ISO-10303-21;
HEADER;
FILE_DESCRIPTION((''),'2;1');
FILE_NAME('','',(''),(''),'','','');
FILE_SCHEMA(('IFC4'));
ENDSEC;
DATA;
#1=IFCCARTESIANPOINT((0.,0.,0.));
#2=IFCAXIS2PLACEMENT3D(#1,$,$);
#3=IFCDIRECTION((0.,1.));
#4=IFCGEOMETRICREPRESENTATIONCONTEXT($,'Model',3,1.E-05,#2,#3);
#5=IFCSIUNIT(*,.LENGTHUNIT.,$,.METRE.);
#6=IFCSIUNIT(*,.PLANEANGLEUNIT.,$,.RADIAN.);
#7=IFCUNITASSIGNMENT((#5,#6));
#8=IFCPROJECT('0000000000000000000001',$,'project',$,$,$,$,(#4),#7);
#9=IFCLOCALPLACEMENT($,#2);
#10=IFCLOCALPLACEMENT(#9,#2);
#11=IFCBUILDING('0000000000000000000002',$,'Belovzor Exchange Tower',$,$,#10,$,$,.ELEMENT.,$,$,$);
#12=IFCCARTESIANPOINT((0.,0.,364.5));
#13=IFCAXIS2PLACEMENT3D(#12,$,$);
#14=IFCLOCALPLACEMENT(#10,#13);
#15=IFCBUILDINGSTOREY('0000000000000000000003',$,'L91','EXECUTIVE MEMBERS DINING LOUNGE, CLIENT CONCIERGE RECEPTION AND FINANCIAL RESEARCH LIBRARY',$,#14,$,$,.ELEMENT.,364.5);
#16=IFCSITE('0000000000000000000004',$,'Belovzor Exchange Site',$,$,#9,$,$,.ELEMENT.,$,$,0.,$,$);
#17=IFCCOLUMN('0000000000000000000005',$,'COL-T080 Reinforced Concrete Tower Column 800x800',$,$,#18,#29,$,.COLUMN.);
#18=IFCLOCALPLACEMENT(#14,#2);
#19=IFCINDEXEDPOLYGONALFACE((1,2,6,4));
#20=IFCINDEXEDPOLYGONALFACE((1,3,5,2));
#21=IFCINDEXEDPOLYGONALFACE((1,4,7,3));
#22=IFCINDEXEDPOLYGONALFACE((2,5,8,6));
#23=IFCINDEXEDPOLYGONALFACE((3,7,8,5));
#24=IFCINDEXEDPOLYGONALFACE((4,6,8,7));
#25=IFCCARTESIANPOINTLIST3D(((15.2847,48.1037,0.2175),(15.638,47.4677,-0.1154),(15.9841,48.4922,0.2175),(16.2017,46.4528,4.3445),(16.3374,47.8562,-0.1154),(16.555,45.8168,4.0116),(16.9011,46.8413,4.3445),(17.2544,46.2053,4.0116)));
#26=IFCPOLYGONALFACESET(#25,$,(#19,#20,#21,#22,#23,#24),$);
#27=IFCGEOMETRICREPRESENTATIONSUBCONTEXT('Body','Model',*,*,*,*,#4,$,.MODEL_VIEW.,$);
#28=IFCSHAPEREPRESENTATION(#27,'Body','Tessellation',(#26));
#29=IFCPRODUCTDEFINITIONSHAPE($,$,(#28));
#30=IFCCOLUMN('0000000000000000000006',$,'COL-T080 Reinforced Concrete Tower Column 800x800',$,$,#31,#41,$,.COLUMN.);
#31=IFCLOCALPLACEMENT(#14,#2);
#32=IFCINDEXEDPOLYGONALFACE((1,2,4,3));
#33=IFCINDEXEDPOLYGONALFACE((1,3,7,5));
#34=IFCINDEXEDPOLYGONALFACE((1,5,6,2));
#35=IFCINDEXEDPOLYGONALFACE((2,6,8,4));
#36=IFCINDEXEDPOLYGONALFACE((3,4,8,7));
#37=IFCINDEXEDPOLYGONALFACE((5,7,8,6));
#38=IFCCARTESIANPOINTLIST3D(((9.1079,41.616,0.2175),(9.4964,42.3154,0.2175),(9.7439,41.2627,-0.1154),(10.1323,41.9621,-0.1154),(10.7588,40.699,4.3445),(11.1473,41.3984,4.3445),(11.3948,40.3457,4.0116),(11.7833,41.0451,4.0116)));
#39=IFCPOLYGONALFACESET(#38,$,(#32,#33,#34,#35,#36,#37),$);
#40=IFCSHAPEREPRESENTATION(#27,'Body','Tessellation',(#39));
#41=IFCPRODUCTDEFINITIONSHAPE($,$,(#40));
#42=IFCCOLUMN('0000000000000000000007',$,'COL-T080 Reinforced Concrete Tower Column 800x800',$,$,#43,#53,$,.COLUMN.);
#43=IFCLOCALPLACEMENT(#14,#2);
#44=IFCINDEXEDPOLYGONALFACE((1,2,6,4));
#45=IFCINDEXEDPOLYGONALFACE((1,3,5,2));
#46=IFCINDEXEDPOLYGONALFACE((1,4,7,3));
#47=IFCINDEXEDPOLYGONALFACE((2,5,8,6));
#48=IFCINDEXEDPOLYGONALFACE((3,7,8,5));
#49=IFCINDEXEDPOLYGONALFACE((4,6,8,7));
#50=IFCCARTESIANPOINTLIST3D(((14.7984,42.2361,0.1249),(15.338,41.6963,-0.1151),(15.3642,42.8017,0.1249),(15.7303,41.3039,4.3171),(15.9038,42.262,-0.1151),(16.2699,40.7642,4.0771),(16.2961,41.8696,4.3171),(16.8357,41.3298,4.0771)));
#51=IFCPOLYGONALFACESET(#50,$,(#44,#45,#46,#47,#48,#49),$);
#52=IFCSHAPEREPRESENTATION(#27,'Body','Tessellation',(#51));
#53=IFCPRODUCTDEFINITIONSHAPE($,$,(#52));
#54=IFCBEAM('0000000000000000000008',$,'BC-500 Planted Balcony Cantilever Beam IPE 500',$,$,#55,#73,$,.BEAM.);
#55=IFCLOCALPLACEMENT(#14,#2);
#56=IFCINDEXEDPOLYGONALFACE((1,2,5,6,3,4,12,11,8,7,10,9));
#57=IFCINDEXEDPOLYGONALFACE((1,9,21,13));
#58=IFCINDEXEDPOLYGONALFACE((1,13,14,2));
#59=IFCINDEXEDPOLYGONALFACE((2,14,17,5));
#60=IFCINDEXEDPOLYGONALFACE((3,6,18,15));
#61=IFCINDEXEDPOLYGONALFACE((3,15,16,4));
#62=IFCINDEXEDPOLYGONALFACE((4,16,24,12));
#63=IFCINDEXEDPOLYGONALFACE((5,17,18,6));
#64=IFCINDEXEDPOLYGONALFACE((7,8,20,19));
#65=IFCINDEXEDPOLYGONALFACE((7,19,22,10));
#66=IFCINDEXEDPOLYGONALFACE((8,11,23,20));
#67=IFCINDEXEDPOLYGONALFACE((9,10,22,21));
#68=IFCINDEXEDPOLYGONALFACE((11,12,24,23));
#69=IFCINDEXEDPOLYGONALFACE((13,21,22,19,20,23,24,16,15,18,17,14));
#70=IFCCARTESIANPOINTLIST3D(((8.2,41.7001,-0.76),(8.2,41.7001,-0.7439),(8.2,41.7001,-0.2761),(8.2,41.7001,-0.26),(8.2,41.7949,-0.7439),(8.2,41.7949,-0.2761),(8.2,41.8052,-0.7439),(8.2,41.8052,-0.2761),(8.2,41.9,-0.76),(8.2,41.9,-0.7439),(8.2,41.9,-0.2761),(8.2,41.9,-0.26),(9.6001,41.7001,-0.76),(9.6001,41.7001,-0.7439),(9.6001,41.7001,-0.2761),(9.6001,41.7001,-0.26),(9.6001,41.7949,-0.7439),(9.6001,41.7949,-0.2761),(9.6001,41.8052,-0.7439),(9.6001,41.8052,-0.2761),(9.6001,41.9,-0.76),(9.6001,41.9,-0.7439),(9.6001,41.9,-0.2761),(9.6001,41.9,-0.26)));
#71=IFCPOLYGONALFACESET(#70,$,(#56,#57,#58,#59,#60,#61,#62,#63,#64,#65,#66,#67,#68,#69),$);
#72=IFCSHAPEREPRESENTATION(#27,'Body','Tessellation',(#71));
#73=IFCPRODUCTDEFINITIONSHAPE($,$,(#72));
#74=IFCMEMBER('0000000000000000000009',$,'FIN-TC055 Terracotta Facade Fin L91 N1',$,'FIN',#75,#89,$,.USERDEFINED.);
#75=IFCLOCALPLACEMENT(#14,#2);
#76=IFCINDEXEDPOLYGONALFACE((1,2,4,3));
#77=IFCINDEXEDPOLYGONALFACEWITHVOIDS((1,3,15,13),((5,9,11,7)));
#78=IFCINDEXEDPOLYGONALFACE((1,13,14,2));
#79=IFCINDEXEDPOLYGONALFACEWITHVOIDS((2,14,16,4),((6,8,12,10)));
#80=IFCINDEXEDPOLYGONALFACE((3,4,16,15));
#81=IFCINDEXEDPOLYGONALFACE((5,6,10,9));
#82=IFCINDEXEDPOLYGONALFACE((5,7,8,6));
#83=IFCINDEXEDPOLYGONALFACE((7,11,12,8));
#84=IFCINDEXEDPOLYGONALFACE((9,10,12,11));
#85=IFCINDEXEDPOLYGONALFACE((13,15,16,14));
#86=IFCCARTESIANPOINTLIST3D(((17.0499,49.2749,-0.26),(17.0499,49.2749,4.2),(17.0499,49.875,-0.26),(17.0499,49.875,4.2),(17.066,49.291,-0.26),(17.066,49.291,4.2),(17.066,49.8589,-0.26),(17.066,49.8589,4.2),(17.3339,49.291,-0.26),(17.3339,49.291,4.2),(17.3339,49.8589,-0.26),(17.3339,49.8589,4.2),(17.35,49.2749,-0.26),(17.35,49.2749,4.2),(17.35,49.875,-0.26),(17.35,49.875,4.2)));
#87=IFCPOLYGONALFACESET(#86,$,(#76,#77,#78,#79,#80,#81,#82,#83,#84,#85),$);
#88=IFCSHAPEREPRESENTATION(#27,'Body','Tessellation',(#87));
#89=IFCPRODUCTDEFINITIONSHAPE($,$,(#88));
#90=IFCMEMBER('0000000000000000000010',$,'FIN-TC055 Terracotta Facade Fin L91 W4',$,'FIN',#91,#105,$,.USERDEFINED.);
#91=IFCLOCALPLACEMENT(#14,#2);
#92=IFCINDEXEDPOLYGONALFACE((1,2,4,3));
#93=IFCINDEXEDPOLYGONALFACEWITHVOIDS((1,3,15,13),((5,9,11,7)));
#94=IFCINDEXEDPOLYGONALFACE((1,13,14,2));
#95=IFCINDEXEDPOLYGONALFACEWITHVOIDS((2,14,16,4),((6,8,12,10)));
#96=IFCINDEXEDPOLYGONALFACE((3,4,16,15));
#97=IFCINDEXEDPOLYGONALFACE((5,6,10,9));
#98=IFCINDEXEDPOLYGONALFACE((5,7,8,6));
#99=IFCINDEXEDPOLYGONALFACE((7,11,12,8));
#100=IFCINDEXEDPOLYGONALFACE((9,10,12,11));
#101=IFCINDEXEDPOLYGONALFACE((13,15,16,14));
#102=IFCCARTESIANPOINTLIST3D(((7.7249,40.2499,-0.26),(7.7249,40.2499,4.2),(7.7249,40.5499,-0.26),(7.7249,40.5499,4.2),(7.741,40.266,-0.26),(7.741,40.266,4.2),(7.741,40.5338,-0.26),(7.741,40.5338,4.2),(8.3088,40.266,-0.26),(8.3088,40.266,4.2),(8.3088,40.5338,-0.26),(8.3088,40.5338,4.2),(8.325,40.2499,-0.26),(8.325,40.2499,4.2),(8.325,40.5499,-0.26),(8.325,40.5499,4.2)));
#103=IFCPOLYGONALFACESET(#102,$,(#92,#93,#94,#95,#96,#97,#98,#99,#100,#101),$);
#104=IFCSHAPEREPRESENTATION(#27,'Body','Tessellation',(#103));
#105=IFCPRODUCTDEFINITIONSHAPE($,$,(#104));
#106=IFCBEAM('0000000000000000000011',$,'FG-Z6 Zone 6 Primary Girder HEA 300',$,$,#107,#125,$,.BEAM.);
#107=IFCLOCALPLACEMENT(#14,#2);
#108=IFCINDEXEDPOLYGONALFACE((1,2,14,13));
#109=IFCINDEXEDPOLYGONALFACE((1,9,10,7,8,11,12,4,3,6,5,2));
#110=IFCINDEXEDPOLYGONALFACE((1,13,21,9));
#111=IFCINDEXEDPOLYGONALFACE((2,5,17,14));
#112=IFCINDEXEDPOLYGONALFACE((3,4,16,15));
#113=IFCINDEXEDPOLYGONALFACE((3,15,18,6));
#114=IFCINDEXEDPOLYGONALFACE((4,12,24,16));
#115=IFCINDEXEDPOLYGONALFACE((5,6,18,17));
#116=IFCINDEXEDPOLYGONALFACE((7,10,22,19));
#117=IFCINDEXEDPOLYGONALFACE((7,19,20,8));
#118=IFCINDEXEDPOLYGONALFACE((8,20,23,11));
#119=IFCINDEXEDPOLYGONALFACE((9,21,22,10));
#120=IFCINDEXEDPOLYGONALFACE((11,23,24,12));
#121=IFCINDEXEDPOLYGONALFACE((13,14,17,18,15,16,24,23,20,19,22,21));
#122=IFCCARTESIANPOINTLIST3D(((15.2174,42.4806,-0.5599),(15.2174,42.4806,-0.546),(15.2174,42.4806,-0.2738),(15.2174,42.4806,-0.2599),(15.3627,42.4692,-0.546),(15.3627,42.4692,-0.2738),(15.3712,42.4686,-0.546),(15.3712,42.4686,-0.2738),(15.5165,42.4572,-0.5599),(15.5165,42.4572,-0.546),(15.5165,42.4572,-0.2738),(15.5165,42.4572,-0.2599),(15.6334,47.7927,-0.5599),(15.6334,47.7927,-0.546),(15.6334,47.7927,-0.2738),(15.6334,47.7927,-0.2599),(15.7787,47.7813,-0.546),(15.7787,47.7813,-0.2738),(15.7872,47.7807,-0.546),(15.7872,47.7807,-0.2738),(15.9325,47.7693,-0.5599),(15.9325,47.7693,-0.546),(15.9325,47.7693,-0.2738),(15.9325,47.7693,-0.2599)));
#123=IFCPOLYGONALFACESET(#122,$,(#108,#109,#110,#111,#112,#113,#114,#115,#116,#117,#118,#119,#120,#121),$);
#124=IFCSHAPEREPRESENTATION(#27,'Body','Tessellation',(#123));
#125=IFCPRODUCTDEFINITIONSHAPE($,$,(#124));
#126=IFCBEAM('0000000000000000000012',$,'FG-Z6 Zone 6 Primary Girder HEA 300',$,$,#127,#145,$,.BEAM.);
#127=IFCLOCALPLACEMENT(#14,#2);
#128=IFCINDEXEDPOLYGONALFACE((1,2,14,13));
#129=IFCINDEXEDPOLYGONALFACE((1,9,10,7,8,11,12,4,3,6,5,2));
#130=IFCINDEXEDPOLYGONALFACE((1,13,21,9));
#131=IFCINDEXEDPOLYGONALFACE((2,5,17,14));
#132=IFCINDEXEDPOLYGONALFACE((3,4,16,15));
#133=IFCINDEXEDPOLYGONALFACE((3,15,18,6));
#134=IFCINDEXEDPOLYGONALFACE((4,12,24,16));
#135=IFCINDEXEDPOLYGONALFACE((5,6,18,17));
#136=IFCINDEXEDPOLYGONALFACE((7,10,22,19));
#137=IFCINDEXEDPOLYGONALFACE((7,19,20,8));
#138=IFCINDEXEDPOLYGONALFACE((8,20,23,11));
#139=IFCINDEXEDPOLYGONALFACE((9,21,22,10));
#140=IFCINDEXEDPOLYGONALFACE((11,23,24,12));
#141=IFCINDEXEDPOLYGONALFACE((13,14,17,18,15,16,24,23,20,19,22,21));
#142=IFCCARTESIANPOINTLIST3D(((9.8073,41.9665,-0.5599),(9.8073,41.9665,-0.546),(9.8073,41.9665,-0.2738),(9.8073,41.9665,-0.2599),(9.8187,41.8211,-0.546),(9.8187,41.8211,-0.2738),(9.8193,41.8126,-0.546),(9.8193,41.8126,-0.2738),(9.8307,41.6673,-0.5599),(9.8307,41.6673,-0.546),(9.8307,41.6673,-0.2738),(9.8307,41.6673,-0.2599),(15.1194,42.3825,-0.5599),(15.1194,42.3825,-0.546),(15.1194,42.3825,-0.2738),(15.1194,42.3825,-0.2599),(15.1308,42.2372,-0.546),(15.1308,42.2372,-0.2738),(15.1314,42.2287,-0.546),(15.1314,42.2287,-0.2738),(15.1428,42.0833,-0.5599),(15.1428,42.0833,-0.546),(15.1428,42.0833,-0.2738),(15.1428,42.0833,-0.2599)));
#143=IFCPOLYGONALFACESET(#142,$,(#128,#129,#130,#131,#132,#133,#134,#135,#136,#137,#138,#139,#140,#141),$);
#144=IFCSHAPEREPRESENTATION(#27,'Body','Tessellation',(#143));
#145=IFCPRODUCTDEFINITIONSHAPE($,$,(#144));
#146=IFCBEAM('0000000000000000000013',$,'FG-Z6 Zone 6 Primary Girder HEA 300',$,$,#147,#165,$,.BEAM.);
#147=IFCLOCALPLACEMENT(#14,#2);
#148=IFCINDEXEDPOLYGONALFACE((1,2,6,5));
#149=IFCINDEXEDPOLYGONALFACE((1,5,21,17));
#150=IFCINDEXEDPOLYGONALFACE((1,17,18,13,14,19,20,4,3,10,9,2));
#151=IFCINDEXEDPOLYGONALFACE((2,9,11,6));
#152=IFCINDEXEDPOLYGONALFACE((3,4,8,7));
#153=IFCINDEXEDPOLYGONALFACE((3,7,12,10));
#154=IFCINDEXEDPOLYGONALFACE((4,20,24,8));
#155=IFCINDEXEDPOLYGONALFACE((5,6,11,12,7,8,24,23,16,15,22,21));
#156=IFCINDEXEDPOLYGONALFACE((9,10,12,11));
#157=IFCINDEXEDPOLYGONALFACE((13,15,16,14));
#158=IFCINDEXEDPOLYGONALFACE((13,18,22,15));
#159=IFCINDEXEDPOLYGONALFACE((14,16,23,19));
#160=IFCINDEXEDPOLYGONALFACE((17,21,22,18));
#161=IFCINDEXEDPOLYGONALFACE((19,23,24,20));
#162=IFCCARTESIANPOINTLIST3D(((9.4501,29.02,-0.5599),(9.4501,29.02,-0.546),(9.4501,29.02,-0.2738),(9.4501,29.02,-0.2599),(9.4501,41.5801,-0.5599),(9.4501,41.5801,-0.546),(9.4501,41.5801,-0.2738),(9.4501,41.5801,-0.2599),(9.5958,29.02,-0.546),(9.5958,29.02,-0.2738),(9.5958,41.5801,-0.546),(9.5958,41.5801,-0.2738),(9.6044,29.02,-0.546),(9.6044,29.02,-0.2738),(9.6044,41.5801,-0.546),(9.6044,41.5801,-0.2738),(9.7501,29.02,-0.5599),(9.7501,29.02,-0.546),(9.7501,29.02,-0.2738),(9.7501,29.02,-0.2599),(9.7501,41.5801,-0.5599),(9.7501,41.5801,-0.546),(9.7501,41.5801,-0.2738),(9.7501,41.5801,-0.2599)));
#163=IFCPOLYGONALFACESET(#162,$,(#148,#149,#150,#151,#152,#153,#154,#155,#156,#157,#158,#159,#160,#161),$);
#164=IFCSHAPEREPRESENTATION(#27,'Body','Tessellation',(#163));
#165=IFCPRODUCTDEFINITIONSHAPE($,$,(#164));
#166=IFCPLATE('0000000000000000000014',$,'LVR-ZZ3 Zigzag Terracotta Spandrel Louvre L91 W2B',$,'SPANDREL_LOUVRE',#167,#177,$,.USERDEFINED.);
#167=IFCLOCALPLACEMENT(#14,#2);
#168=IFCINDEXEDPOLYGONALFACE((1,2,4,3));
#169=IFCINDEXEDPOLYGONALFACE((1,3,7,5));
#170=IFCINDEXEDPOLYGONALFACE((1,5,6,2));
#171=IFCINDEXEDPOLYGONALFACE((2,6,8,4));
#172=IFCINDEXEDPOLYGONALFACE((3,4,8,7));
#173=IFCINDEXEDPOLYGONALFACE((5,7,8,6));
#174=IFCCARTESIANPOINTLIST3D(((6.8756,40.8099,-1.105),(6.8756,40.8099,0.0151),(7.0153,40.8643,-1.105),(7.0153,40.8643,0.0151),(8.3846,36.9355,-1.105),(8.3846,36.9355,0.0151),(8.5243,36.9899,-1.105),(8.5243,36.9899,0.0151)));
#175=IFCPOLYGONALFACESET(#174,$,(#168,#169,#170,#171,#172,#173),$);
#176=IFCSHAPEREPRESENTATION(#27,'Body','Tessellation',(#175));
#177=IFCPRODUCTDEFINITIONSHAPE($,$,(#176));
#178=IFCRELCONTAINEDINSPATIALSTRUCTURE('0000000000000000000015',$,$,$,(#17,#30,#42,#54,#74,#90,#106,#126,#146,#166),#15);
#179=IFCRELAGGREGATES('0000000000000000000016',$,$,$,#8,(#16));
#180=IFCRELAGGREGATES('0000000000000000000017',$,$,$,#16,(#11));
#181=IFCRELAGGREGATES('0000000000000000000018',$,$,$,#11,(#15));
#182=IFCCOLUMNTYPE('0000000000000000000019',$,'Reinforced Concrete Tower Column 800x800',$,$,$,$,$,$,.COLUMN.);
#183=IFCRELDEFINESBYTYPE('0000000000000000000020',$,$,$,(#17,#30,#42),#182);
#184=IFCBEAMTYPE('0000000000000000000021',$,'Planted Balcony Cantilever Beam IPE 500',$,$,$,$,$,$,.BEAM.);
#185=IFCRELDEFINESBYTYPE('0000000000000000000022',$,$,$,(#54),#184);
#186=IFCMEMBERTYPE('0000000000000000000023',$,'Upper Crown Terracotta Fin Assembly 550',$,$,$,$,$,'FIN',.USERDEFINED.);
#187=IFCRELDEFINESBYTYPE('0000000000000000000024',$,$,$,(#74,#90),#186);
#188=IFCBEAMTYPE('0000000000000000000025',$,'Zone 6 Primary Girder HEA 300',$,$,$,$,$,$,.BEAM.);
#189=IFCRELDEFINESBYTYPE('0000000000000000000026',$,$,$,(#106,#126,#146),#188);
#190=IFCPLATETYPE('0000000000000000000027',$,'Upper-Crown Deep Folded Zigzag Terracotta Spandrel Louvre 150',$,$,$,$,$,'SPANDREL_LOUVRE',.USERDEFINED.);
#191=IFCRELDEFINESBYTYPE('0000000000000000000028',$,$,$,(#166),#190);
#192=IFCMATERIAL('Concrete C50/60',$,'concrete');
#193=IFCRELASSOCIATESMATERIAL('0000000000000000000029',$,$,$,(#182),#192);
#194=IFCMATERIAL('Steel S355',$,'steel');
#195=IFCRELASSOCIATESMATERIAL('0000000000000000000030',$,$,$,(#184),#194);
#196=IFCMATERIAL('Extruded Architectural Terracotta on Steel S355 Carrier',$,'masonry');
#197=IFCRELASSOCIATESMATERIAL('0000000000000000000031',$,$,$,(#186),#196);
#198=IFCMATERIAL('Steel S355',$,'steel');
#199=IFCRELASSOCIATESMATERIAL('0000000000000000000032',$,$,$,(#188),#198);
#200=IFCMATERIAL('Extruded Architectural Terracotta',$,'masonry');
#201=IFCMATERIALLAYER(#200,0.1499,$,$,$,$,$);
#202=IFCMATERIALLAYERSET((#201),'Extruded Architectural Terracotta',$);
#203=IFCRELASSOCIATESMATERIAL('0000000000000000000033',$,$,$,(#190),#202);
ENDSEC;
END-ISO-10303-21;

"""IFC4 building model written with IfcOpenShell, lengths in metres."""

from ifc_helpers import new_model, si_unit, direction, frame, origin, origin_2d, place, context, subcontext, project, spatial, rectangle, hollow_rectangle, i_section, extrude, material, layer, layer_set, material_profile, profile_set, type_object, element, save


model = new_model("IFC4")

# Units and contexts
model_context = context("Model", 3, precision=1e-05, world=origin(), true_north=direction((0.0, 1.0)))
body_context = subcontext(model_context, "Body", "Model", "MODEL_VIEW")
ifc_project = project(units=[si_unit("LENGTHUNIT", "METRE"), si_unit("PLANEANGLEUNIT", "RADIAN")], contexts=[model_context])

# Site, building, storey
site_placement = place(None, origin())
site = spatial("IfcSite", under=ifc_project, at=site_placement, Name="Belovzor Exchange Site", CompositionType="ELEMENT", RefElevation=0.0)
building_placement = place(site_placement, origin())
building = spatial("IfcBuilding", under=site, at=building_placement, Name="Belovzor Exchange Tower", CompositionType="ELEMENT")
storey_placement = place(building_placement, frame((0.0, 0.0, 364.5)))
storey = spatial("IfcBuildingStorey", under=building, at=storey_placement, Name="L91", Description="EXECUTIVE MEMBERS DINING LOUNGE, CLIENT CONCIERGE RECEPTION AND FINANCIAL RESEARCH LIBRARY", CompositionType="ELEMENT", Elevation=364.5)

# Columns
ifc_material_1 = material(Name="Concrete C50/60", Category="concrete")
ifc_material_profile_1 = material_profile(ifc_material_1, rectangle(XDim=0.8, YDim=0.8, at=origin_2d()))
ifc_profile_set_1 = profile_set([ifc_material_profile_1], Name="Concrete C50/60")
column_type = type_object("IfcColumnType", Name="Reinforced Concrete Tower Column 800x800", PredefinedType="COLUMN", material=ifc_profile_set_1)
for number, where, z_axis, x_axis, name in (
    (1, (15.811, 47.98, 0.051), (0.202047, -0.36375, 0.90932), (0.874194, 0.485577, 0.0), "COL-T080 Reinforced Concrete Tower Column 800x800"),
    (2, (9.6201, 41.7891, 0.051), (0.36375, -0.202047, 0.90932), (0.485577, 0.874194, 0.0), "COL-T080 Reinforced Concrete Tower Column 800x800"),
):
    element("IfcColumn", number, at=place(storey_placement, frame(where, z_axis=z_axis, x_axis=x_axis)), inside=storey, type_object=column_type, Name=name, PredefinedType="COLUMN", context=body_context, shape_type="SweptSolid", body=[
        extrude(rectangle(XDim=0.8, YDim=0.8, at=origin_2d()), origin(), (0.0, 0.0, 1.0), 4.5386),
    ])
column_placement = place(storey_placement, frame((15.3511, 42.249, 0.0049), z_axis=(0.212059, -0.212114, 0.953959), x_axis=(0.707199, 0.707014, 0.0)))
element("IfcColumn", 3, at=column_placement, inside=storey, type_object=column_type, Name="COL-T080 Reinforced Concrete Tower Column 800x800", PredefinedType="COLUMN", context=body_context, shape_type="SweptSolid", body=[
    extrude(rectangle(XDim=0.8, YDim=0.8, at=origin_2d()), origin(), (0.0, 0.0, 1.0), 4.3945),
])

# Beam
ifc_material_2 = material(Name="Steel S355", Category="steel")
ifc_material_profile_2 = material_profile(ifc_material_2, i_section(OverallWidth=0.2, OverallDepth=0.5, WebThickness=0.0103, FlangeThickness=0.0161, at=origin_2d()))
ifc_profile_set_2 = profile_set([ifc_material_profile_2], Name="Steel S355")
beam_type_1 = type_object("IfcBeamType", Name="Planted Balcony Cantilever Beam IPE 500", PredefinedType="BEAM", material=ifc_profile_set_2)
beam_1_placement = place(storey_placement, frame((9.6001, 41.8, -0.51), z_axis=(-1.0, 0.0, 0.0), x_axis=(0.0, -1.0, 0.0)))
element("IfcBeam", 4, at=beam_1_placement, inside=storey, type_object=beam_type_1, Name="BC-500 Planted Balcony Cantilever Beam IPE 500", PredefinedType="BEAM", context=body_context, shape_type="SweptSolid", body=[
    extrude(i_section(OverallWidth=0.2, OverallDepth=0.5, WebThickness=0.0103, FlangeThickness=0.0161, at=origin_2d()), origin(), (0.0, 0.0, 1.0), 1.4001),
])

# Members
ifc_material_3 = material(Name="Extruded Architectural Terracotta on Steel S355 Carrier", Category="masonry")
ifc_material_profile_3 = material_profile(ifc_material_3, hollow_rectangle(XDim=0.3, YDim=0.6001, WallThickness=0.0161, at=origin_2d()))
ifc_profile_set_3 = profile_set([ifc_material_profile_3], Name="Extruded Architectural Terracotta on Steel S355 Carrier")
member_type = type_object("IfcMemberType", Name="Upper Crown Terracotta Fin Assembly 550", ElementType="FIN", PredefinedType="USERDEFINED", material=ifc_profile_set_3)
for number, where, z_axis, x_axis, name in (
    (5, (17.2, 49.575, -0.26), (0.0, 0.0, 1.0), (1.0, 0.0, 0.0), "FIN-TC055 Terracotta Facade Fin L91 N1"),
    (6, (8.0249, 40.3999, -0.26), (0.0, 0.0, 1.0), (0.0, 1.0, 0.0), "FIN-TC055 Terracotta Facade Fin L91 W4"),
):
    element("IfcMember", number, at=place(storey_placement, frame(where, z_axis=z_axis, x_axis=x_axis)), inside=storey, type_object=member_type, Name=name, ObjectType="FIN", PredefinedType="USERDEFINED", context=body_context, shape_type="SweptSolid", body=[
        extrude(hollow_rectangle(XDim=0.3, YDim=0.6001, WallThickness=0.0161, at=origin_2d()), origin(), (0.0, 0.0, 1.0), 4.46),
    ])

# Beams
ifc_material_4 = material(Name="Steel S355", Category="steel")
ifc_material_profile_4 = material_profile(ifc_material_4, i_section(OverallWidth=0.3, OverallDepth=0.3, WebThickness=0.0085, FlangeThickness=0.0139, at=origin_2d()))
ifc_profile_set_4 = profile_set([ifc_material_profile_4], Name="Steel S355")
beam_type_2 = type_object("IfcBeamType", Name="Zone 6 Primary Girder HEA 300", PredefinedType="BEAM", material=ifc_profile_set_4)
for number, where, z_axis, x_axis, name in (
    (7, (15.783, 47.781, -0.4099), (-0.078077, -0.996947, 0.0), (0.996947, -0.078077, 0.0), "FG-Z6 Zone 6 Primary Girder HEA 300"),
    (8, (15.1311, 42.2329, -0.4099), (-0.996947, -0.078077, 0.0), (0.078077, -0.996947, 0.0), "FG-Z6 Zone 6 Primary Girder HEA 300"),
):
    element("IfcBeam", number, at=place(storey_placement, frame(where, z_axis=z_axis, x_axis=x_axis)), inside=storey, type_object=beam_type_2, Name=name, PredefinedType="BEAM", context=body_context, shape_type="SweptSolid", body=[
        extrude(i_section(OverallWidth=0.3, OverallDepth=0.3, WebThickness=0.0085, FlangeThickness=0.0139, at=origin_2d()), origin(), (0.0, 0.0, 1.0), 5.3284),
    ])
beam_2_placement = place(storey_placement, frame((9.6001, 41.5801, -0.4099), z_axis=(0.0, -1.0, 0.0), x_axis=(1.0, 0.0, 0.0)))
element("IfcBeam", 9, at=beam_2_placement, inside=storey, type_object=beam_type_2, Name="FG-Z6 Zone 6 Primary Girder HEA 300", PredefinedType="BEAM", context=body_context, shape_type="SweptSolid", body=[
    extrude(i_section(OverallWidth=0.3, OverallDepth=0.3, WebThickness=0.0085, FlangeThickness=0.0139, at=origin_2d()), origin(), (0.0, 0.0, 1.0), 12.5601),
])

# Plate
ifc_material_5 = material(Name="Extruded Architectural Terracotta", Category="masonry")
ifc_layer_1 = layer(ifc_material_5, 0.1499)
ifc_layer_set_1 = layer_set([ifc_layer_1], Name="Extruded Architectural Terracotta")
plate_type = type_object("IfcPlateType", Name="Upper-Crown Deep Folded Zigzag Terracotta Spandrel Louvre 150", ElementType="SPANDREL_LOUVRE", PredefinedType="USERDEFINED", material=ifc_layer_set_1)
plate_placement = place(storey_placement, frame((7.7, 38.8999, -1.105), z_axis=(0.0, 0.0, 1.0), x_axis=(-0.362926, 0.931818, 0.0)))
element("IfcPlate", 10, at=plate_placement, inside=storey, type_object=plate_type, Name="LVR-ZZ3 Zigzag Terracotta Spandrel Louvre L91 W2B", ObjectType="SPANDREL_LOUVRE", PredefinedType="USERDEFINED", context=body_context, shape_type="SweptSolid", body=[
    extrude(rectangle(XDim=4.158, YDim=0.1499, at=origin_2d()), origin(), (0.0, 0.0, 1.0), 1.1201),
])

save(model, "model.ifc")
